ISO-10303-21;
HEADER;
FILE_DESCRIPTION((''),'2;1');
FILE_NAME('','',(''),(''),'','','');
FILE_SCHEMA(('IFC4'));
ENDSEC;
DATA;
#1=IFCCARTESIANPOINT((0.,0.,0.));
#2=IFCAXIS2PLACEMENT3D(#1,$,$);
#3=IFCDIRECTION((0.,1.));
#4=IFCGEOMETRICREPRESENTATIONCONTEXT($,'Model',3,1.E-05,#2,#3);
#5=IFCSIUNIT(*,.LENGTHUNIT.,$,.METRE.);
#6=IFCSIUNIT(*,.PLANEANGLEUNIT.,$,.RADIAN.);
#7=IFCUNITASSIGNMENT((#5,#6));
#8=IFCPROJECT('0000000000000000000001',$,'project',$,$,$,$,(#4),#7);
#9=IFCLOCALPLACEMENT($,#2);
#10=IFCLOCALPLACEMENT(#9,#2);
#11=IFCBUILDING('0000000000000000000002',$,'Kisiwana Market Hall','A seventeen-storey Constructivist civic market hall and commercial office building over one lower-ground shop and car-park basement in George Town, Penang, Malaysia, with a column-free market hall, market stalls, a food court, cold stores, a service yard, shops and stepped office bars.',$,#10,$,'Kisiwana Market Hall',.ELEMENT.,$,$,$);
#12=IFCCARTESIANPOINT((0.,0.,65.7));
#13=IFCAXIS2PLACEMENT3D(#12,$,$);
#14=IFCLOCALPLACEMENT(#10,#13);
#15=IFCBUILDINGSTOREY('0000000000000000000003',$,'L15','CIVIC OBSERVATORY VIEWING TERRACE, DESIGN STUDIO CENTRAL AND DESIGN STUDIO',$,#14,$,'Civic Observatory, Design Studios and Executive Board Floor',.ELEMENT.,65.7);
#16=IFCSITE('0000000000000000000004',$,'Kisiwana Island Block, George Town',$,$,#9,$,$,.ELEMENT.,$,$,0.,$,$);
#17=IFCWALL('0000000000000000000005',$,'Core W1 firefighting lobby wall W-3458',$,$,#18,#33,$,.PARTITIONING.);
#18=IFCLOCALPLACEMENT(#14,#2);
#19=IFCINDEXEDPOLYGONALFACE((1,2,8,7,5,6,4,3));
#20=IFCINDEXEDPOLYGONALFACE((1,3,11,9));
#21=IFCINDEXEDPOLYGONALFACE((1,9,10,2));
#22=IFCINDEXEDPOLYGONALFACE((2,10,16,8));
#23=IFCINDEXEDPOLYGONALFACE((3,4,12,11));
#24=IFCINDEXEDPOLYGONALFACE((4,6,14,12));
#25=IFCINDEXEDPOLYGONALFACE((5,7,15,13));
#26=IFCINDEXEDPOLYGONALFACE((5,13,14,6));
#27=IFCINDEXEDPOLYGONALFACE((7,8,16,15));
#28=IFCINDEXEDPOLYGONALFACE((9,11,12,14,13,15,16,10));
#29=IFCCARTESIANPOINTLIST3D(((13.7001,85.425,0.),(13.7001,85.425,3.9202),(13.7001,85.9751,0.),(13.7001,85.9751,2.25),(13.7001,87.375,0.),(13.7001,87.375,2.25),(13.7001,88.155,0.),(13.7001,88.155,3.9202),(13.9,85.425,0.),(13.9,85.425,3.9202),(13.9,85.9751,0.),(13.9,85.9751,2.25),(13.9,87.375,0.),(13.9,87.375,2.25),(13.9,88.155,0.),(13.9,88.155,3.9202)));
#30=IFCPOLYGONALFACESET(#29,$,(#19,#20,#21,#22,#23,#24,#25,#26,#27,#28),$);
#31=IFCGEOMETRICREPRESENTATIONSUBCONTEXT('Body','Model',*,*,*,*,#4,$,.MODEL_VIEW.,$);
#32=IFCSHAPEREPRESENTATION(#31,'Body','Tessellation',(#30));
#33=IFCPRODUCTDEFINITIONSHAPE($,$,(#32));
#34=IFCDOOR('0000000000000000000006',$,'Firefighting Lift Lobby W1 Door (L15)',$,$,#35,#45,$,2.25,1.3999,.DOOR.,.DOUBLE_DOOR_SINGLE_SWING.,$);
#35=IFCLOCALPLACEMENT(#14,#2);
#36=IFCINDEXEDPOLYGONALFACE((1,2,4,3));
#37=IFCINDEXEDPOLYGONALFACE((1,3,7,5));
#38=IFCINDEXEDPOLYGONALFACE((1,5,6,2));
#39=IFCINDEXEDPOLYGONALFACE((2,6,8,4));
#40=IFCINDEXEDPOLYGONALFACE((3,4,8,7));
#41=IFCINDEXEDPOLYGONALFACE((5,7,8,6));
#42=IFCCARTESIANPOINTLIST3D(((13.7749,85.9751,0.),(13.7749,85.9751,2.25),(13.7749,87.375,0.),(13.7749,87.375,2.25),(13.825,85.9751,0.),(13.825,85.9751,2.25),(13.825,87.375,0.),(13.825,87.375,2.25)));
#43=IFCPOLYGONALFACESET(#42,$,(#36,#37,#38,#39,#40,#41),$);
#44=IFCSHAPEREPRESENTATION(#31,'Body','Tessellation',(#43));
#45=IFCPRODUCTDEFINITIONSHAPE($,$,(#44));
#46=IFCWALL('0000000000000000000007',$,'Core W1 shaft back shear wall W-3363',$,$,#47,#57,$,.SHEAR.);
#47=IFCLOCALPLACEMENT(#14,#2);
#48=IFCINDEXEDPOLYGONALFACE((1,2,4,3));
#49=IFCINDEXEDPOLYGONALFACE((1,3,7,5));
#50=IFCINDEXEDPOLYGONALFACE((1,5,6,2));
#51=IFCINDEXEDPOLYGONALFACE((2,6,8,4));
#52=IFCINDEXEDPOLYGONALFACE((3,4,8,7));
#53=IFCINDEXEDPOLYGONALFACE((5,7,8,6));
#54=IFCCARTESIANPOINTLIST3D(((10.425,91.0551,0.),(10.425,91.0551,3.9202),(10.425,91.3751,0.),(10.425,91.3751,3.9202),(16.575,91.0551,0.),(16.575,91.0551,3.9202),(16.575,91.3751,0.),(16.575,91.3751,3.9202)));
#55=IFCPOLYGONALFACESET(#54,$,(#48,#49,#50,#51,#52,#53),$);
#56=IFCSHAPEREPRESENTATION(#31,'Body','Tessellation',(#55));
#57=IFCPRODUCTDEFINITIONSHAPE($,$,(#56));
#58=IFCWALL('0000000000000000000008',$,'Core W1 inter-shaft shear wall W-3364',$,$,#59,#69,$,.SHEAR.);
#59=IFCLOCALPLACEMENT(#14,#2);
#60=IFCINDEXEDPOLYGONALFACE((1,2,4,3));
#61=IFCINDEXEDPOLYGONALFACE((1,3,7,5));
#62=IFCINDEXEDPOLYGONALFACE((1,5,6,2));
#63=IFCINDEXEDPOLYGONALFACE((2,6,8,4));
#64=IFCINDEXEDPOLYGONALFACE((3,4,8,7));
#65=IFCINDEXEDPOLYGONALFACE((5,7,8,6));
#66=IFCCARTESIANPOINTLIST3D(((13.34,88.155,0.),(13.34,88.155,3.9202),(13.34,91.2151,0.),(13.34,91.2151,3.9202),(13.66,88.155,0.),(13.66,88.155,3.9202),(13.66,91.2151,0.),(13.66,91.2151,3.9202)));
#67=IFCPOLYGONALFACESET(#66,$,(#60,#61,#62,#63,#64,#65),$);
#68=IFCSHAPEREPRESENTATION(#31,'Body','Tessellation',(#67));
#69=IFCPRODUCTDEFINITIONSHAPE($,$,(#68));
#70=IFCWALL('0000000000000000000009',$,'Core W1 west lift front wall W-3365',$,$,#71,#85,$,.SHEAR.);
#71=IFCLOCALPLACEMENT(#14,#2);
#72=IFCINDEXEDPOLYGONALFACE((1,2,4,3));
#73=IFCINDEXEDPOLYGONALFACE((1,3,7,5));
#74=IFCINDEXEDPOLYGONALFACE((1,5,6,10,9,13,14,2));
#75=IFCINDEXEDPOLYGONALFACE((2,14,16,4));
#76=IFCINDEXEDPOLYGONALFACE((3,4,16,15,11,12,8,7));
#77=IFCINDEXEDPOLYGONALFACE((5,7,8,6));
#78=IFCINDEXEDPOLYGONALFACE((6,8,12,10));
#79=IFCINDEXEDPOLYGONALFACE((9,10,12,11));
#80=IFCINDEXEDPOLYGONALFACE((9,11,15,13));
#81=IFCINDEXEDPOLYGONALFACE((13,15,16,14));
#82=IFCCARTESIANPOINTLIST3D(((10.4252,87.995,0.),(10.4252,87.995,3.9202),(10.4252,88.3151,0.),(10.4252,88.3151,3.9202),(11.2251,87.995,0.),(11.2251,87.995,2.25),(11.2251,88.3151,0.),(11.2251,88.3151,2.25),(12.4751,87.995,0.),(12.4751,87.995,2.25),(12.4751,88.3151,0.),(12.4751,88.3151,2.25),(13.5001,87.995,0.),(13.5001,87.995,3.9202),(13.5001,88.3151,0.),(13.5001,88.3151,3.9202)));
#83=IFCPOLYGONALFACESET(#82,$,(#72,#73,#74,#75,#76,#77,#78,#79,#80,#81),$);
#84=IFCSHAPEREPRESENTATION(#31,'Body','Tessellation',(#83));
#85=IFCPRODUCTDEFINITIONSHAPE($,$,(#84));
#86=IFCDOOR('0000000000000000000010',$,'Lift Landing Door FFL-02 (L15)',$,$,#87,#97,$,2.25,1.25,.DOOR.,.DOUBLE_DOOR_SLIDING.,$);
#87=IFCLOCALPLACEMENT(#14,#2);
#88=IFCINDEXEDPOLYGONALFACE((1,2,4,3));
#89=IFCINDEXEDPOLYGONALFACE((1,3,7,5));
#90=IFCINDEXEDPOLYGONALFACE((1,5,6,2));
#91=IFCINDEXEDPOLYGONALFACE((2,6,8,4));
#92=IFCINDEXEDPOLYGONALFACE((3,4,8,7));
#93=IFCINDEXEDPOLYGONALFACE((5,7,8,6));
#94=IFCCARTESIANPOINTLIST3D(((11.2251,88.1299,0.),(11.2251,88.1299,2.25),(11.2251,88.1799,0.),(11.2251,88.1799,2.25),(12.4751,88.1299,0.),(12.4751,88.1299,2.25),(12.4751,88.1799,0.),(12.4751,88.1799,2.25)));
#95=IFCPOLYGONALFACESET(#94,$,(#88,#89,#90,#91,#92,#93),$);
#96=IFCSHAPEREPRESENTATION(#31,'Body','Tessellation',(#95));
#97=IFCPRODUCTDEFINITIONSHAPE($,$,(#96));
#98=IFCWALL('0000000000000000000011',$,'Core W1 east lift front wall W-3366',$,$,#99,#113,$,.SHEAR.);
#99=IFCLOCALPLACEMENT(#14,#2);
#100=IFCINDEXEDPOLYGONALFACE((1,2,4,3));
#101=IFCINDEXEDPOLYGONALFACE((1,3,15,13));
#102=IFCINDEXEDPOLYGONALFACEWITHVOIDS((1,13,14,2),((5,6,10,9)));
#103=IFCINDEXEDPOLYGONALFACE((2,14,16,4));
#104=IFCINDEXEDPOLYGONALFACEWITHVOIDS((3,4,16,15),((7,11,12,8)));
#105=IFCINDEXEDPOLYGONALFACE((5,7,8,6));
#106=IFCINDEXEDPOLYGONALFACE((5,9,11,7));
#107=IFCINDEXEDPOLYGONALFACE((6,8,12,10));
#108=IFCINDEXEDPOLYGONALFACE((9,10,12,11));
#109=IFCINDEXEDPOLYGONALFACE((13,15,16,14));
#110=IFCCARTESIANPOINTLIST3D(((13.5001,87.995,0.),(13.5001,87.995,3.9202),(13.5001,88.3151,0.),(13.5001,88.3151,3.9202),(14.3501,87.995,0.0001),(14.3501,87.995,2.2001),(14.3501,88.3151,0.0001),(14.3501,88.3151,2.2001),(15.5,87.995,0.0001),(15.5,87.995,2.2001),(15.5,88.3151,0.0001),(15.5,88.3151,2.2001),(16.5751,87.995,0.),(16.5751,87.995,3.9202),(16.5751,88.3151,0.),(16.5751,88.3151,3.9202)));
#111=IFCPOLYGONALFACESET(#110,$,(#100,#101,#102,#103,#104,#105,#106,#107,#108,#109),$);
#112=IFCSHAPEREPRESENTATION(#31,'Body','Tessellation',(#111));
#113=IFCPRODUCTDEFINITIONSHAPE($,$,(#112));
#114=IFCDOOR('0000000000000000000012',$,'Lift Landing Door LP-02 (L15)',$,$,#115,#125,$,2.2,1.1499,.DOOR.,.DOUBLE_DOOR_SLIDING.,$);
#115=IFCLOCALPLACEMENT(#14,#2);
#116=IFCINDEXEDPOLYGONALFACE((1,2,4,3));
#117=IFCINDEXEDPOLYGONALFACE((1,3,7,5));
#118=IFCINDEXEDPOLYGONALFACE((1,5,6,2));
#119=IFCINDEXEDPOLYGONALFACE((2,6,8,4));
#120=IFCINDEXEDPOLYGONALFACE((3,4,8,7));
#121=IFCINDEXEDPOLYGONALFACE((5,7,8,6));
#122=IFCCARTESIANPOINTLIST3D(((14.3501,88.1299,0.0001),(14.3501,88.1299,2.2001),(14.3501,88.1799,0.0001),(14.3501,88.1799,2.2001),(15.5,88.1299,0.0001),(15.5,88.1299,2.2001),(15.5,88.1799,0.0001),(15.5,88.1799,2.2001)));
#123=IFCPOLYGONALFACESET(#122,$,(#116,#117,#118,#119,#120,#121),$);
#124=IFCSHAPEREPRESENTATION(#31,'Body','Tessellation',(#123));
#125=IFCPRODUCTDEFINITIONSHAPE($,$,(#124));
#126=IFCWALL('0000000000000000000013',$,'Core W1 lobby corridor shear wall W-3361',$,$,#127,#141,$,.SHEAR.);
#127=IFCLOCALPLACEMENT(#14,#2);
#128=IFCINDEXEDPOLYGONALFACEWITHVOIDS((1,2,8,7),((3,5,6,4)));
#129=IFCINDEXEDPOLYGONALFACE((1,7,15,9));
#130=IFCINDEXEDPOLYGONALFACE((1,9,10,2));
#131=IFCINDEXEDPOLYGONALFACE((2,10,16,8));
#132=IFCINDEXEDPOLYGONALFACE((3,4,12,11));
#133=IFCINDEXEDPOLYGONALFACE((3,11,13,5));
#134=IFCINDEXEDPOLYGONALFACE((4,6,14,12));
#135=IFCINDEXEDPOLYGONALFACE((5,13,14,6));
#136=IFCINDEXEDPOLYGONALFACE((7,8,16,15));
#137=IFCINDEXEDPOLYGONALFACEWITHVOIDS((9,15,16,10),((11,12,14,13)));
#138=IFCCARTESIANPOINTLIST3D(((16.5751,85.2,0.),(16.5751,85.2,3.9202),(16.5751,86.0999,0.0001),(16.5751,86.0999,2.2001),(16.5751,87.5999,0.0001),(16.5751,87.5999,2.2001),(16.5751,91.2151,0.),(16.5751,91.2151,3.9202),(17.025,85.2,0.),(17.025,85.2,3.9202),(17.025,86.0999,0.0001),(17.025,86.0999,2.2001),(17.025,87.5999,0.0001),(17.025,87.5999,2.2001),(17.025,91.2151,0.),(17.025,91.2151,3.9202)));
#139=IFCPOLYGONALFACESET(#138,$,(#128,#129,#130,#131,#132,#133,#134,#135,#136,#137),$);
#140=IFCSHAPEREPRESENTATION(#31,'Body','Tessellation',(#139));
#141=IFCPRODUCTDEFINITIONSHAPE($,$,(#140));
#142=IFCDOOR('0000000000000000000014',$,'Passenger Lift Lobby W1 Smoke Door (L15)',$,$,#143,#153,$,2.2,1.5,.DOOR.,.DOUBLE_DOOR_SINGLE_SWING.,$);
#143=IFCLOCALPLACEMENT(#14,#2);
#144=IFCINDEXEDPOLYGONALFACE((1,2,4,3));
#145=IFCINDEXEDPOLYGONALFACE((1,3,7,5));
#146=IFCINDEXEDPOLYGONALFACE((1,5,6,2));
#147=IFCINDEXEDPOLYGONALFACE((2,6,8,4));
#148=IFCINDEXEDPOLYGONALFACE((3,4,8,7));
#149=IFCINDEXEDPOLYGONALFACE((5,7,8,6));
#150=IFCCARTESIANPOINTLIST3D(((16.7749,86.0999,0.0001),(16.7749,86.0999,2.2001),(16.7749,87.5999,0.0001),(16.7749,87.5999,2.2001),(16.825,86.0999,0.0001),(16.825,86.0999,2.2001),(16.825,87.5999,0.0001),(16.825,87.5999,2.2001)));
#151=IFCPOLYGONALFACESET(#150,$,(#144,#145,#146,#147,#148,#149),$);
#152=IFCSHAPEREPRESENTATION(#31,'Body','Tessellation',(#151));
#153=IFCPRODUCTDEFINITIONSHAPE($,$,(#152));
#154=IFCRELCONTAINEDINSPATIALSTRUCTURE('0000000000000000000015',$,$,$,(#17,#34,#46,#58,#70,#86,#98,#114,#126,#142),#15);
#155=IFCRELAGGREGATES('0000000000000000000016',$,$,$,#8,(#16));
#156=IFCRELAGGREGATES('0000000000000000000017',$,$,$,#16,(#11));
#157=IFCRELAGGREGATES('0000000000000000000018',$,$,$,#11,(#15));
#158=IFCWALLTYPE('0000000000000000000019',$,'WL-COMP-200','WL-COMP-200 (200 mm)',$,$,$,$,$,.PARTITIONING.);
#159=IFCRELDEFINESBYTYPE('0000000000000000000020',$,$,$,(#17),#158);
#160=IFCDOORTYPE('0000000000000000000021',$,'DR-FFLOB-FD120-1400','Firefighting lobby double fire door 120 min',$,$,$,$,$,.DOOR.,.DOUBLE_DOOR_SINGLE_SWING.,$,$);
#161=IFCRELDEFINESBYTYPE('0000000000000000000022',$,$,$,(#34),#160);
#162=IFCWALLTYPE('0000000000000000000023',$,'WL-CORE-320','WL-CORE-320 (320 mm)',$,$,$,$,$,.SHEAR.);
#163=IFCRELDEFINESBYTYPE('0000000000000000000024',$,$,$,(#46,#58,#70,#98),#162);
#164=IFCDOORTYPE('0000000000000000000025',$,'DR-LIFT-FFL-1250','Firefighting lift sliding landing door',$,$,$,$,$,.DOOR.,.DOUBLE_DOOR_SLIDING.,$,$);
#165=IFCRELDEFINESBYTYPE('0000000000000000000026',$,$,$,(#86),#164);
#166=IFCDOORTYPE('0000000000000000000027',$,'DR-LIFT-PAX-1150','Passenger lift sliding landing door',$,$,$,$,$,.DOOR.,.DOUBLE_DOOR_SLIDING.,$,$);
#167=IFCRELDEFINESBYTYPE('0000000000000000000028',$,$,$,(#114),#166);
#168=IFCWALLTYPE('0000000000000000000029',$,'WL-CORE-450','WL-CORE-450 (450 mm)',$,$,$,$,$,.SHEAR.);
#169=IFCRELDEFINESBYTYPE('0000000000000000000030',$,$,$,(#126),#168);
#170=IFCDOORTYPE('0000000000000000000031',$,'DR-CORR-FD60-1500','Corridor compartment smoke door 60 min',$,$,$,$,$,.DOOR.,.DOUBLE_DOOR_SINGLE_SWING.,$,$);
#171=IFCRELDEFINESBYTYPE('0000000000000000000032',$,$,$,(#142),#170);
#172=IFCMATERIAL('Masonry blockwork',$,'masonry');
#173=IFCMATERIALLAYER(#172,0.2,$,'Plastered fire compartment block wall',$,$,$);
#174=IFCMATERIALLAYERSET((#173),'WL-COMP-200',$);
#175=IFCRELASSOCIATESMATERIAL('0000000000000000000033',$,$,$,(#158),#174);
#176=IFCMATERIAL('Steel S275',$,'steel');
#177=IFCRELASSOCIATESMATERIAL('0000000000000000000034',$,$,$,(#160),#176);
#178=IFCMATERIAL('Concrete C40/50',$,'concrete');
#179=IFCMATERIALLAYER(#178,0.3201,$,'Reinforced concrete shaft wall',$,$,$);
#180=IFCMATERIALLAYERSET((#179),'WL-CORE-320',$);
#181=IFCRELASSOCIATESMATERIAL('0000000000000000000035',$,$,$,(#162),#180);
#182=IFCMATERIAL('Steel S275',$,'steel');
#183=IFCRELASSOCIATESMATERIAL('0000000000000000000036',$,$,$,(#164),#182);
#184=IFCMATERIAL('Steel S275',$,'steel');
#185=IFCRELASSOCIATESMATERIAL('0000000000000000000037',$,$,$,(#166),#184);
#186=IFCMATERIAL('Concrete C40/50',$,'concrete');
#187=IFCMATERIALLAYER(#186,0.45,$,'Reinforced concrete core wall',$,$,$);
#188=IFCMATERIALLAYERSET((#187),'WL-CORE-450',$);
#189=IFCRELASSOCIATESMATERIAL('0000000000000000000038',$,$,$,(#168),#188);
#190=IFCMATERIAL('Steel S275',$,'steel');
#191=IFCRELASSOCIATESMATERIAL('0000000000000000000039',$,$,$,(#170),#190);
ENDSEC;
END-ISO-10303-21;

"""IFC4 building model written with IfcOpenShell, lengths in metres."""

from ifc_helpers import new_model, si_unit, direction, frame, frame_2d, origin, place, context, subcontext, project, spatial, rectangle, extrude, material, layer, layer_set, type_object, element, fill, save


model = new_model("IFC4")

# Units and contexts
model_context = context("Model", 3, precision=1e-05, world=origin(), true_north=direction((0.0, 1.0)))
body_context = subcontext(model_context, "Body", "Model", "MODEL_VIEW")
ifc_project = project(units=[si_unit("LENGTHUNIT", "METRE"), si_unit("PLANEANGLEUNIT", "RADIAN")], contexts=[model_context])

# Site, building, storey
site_placement = place(None, origin())
site = spatial("IfcSite", under=ifc_project, at=site_placement, Name="Kisiwana Island Block, George Town", CompositionType="ELEMENT", RefElevation=0.0)
building_placement = place(site_placement, origin())
building = spatial("IfcBuilding", under=site, at=building_placement, Name="Kisiwana Market Hall", Description="A seventeen-storey Constructivist civic market hall and commercial office building over one lower-ground shop and car-park basement in George Town, Penang, Malaysia, with a column-free market hall, market stalls, a food court, cold stores, a service yard, shops and stepped office bars.", LongName="Kisiwana Market Hall", CompositionType="ELEMENT")
storey_placement = place(building_placement, frame((0.0, 0.0, 65.7)))
storey = spatial("IfcBuildingStorey", under=building, at=storey_placement, Name="L15", Description="CIVIC OBSERVATORY VIEWING TERRACE, DESIGN STUDIO CENTRAL AND DESIGN STUDIO", LongName="Civic Observatory, Design Studios and Executive Board Floor", CompositionType="ELEMENT", Elevation=65.7)

# Wall, opening, door
ifc_material_1 = material(Name="Masonry blockwork", Category="masonry")
ifc_layer_1 = layer(ifc_material_1, 0.2, Name="Plastered fire compartment block wall")
ifc_layer_set_1 = layer_set([ifc_layer_1], Name="WL-COMP-200")
wall_type_1 = type_object("IfcWallType", Name="WL-COMP-200", Description="WL-COMP-200 (200 mm)", PredefinedType="PARTITIONING", material=ifc_layer_set_1)
wall_1_placement = place(storey_placement, frame((13.8, 85.425, 0.0), z_axis=(0.0, 0.0, 1.0), x_axis=(0.0, 1.0, 0.0)))
wall_1 = element("IfcWall", 1, at=wall_1_placement, inside=storey, type_object=wall_type_1, Name="Core W1 firefighting lobby wall W-3458", PredefinedType="PARTITIONING", context=body_context, shape_type="SweptSolid", body=[
    extrude(rectangle(XDim=2.73, YDim=0.2, at=frame_2d((1.365, 0.0))), origin(), (0.0, 0.0, 1.0), 3.9202),
])
opening_1_placement = place(wall_1_placement, frame((0.55, 0.0, 0.0)))
opening_1 = element("IfcOpeningElement", 2, at=opening_1_placement, cuts=wall_1, PredefinedType="OPENING", context=body_context, shape_type="SweptSolid", body=[
    extrude(rectangle(XDim=1.3999, YDim=2.25, at=frame_2d((0.7, 1.125))), frame((0.0, 0.1118, 0.0), z_axis=(0.0, -1.0, 0.0), x_axis=(1.0, 0.0, 0.0)), (0.0, 0.0, 1.0), 0.2239),
])
ifc_material_2 = material(Name="Steel S275", Category="steel")
door_type_1 = type_object("IfcDoorType", Name="DR-FFLOB-FD120-1400", Description="Firefighting lobby double fire door 120 min", OperationType="DOUBLE_DOOR_SINGLE_SWING", PredefinedType="DOOR", material=ifc_material_2)
door_1_placement = place(opening_1_placement, frame((1.3999, 0.0, 0.0), z_axis=(0.0, 0.0, 1.0), x_axis=(-1.0, 0.0, 0.0)))
door_1 = element("IfcDoor", 3, at=door_1_placement, inside=storey, type_object=door_type_1, Name="Firefighting Lift Lobby W1 Door (L15)", OperationType="DOUBLE_DOOR_SINGLE_SWING", OverallHeight=2.25, OverallWidth=1.3999, PredefinedType="DOOR", context=body_context, shape_type="SweptSolid", body=[
    extrude(rectangle(XDim=1.3999, YDim=2.25, at=frame_2d((0.7, 1.125))), frame((0.0, 0.0249, 0.0), z_axis=(0.0, -1.0, 0.0), x_axis=(1.0, 0.0, 0.0)), (0.0, 0.0, 1.0), 0.05),
])
fill(opening_1, door_1)

# Walls
ifc_material_3 = material(Name="Concrete C40/50", Category="concrete")
ifc_layer_2 = layer(ifc_material_3, 0.3201, Name="Reinforced concrete shaft wall")
ifc_layer_set_2 = layer_set([ifc_layer_2], Name="WL-CORE-320")
wall_type_2 = type_object("IfcWallType", Name="WL-CORE-320", Description="WL-CORE-320 (320 mm)", PredefinedType="SHEAR", material=ifc_layer_set_2)
wall_2_placement = place(storey_placement, frame((10.425, 91.2151, 0.0), z_axis=(0.0, 0.0, 1.0), x_axis=(1.0, 0.0, 0.0)))
element("IfcWall", 4, at=wall_2_placement, inside=storey, type_object=wall_type_2, Name="Core W1 shaft back shear wall W-3363", PredefinedType="SHEAR", context=body_context, shape_type="SweptSolid", body=[
    extrude(rectangle(XDim=6.1499, YDim=0.3201, at=frame_2d((3.075, 0.0))), origin(), (0.0, 0.0, 1.0), 3.9202),
])
wall_3_placement = place(storey_placement, frame((13.5, 88.155, 0.0), z_axis=(0.0, 0.0, 1.0), x_axis=(0.0, 1.0, 0.0)))
element("IfcWall", 5, at=wall_3_placement, inside=storey, type_object=wall_type_2, Name="Core W1 inter-shaft shear wall W-3364", PredefinedType="SHEAR", context=body_context, shape_type="SweptSolid", body=[
    extrude(rectangle(XDim=3.0601, YDim=0.3201, at=frame_2d((1.53, 0.0))), origin(), (0.0, 0.0, 1.0), 3.9202),
])

# Walls, openings, doors
wall_4_placement = place(storey_placement, frame((10.425, 88.155, 0.0), z_axis=(0.0, 0.0, 1.0), x_axis=(1.0, 0.0, 0.0)))
wall_4 = element("IfcWall", 6, at=wall_4_placement, inside=storey, type_object=wall_type_2, Name="Core W1 west lift front wall W-3365", PredefinedType="SHEAR", context=body_context, shape_type="SweptSolid", body=[
    extrude(rectangle(XDim=3.075, YDim=0.3201, at=frame_2d((1.5376, 0.0))), origin(), (0.0, 0.0, 1.0), 3.9202),
])
opening_2_placement = place(wall_4_placement, frame((0.8, 0.0, 0.0)))
opening_2 = element("IfcOpeningElement", 7, at=opening_2_placement, cuts=wall_4, PredefinedType="OPENING", context=body_context, shape_type="SweptSolid", body=[
    extrude(rectangle(XDim=1.25, YDim=2.25, at=frame_2d((0.625, 1.125))), frame((0.0, 0.1719, 0.0), z_axis=(0.0, -1.0, 0.0), x_axis=(1.0, 0.0, 0.0)), (0.0, 0.0, 1.0), 0.344),
])
ifc_material_4 = material(Name="Steel S275", Category="steel")
door_type_2 = type_object("IfcDoorType", Name="DR-LIFT-FFL-1250", Description="Firefighting lift sliding landing door", OperationType="DOUBLE_DOOR_SLIDING", PredefinedType="DOOR", material=ifc_material_4)
door_2_placement = place(opening_2_placement, origin())
door_2 = element("IfcDoor", 8, at=door_2_placement, inside=storey, type_object=door_type_2, Name="Lift Landing Door FFL-02 (L15)", OperationType="DOUBLE_DOOR_SLIDING", OverallHeight=2.25, OverallWidth=1.25, PredefinedType="DOOR", context=body_context, shape_type="SweptSolid", body=[
    extrude(rectangle(XDim=1.25, YDim=2.25, at=frame_2d((0.625, 1.125))), frame((0.0, 0.0249, 0.0), z_axis=(0.0, -1.0, 0.0), x_axis=(1.0, 0.0, 0.0)), (0.0, 0.0, 1.0), 0.05),
])
fill(opening_2, door_2)
wall_5_placement = place(storey_placement, frame((13.5, 88.155, 0.0), z_axis=(0.0, 0.0, 1.0), x_axis=(1.0, 0.0, 0.0)))
wall_5 = element("IfcWall", 9, at=wall_5_placement, inside=storey, type_object=wall_type_2, Name="Core W1 east lift front wall W-3366", PredefinedType="SHEAR", context=body_context, shape_type="SweptSolid", body=[
    extrude(rectangle(XDim=3.075, YDim=0.3201, at=frame_2d((1.5376, 0.0))), origin(), (0.0, 0.0, 1.0), 3.9202),
])
opening_3_placement = place(wall_5_placement, frame((0.8501, 0.0, 0.0)))
opening_3 = element("IfcOpeningElement", 10, at=opening_3_placement, cuts=wall_5, PredefinedType="OPENING", context=body_context, shape_type="SweptSolid", body=[
    extrude(rectangle(XDim=1.1499, YDim=2.2, at=frame_2d((0.575, 1.1001))), frame((0.0, 0.1719, 0.0), z_axis=(0.0, -1.0, 0.0), x_axis=(1.0, 0.0, 0.0)), (0.0, 0.0, 1.0), 0.344),
])
ifc_material_5 = material(Name="Steel S275", Category="steel")
door_type_3 = type_object("IfcDoorType", Name="DR-LIFT-PAX-1150", Description="Passenger lift sliding landing door", OperationType="DOUBLE_DOOR_SLIDING", PredefinedType="DOOR", material=ifc_material_5)
door_3_placement = place(opening_3_placement, origin())
door_3 = element("IfcDoor", 11, at=door_3_placement, inside=storey, type_object=door_type_3, Name="Lift Landing Door LP-02 (L15)", OperationType="DOUBLE_DOOR_SLIDING", OverallHeight=2.2, OverallWidth=1.1499, PredefinedType="DOOR", context=body_context, shape_type="SweptSolid", body=[
    extrude(rectangle(XDim=1.1499, YDim=2.2, at=frame_2d((0.575, 1.1001))), frame((0.0, 0.0249, 0.0), z_axis=(0.0, -1.0, 0.0), x_axis=(1.0, 0.0, 0.0)), (0.0, 0.0, 1.0), 0.05),
])
fill(opening_3, door_3)
ifc_material_6 = material(Name="Concrete C40/50", Category="concrete")
ifc_layer_3 = layer(ifc_material_6, 0.45, Name="Reinforced concrete core wall")
ifc_layer_set_3 = layer_set([ifc_layer_3], Name="WL-CORE-450")
wall_type_3 = type_object("IfcWallType", Name="WL-CORE-450", Description="WL-CORE-450 (450 mm)", PredefinedType="SHEAR", material=ifc_layer_set_3)
wall_6_placement = place(storey_placement, frame((16.8, 85.2, 0.0), z_axis=(0.0, 0.0, 1.0), x_axis=(0.0, 1.0, 0.0)))
wall_6 = element("IfcWall", 12, at=wall_6_placement, inside=storey, type_object=wall_type_3, Name="Core W1 lobby corridor shear wall W-3361", PredefinedType="SHEAR", context=body_context, shape_type="SweptSolid", body=[
    extrude(rectangle(XDim=6.0151, YDim=0.45, at=frame_2d((3.0076, 0.0))), origin(), (0.0, 0.0, 1.0), 3.9202),
])
opening_4_placement = place(wall_6_placement, frame((0.8999, 0.0, 0.0)))
opening_4 = element("IfcOpeningElement", 13, at=opening_4_placement, cuts=wall_6, PredefinedType="OPENING", context=body_context, shape_type="SweptSolid", body=[
    extrude(rectangle(XDim=1.5, YDim=2.2, at=frame_2d((0.75, 1.1001))), frame((0.0, 0.2368, 0.0), z_axis=(0.0, -1.0, 0.0), x_axis=(1.0, 0.0, 0.0)), (0.0, 0.0, 1.0), 0.4739),
])
ifc_material_7 = material(Name="Steel S275", Category="steel")
door_type_4 = type_object("IfcDoorType", Name="DR-CORR-FD60-1500", Description="Corridor compartment smoke door 60 min", OperationType="DOUBLE_DOOR_SINGLE_SWING", PredefinedType="DOOR", material=ifc_material_7)
door_4_placement = place(opening_4_placement, frame((1.5, 0.0, 0.0), z_axis=(0.0, 0.0, 1.0), x_axis=(-1.0, 0.0, 0.0)))
door_4 = element("IfcDoor", 14, at=door_4_placement, inside=storey, type_object=door_type_4, Name="Passenger Lift Lobby W1 Smoke Door (L15)", OperationType="DOUBLE_DOOR_SINGLE_SWING", OverallHeight=2.2, OverallWidth=1.5, PredefinedType="DOOR", context=body_context, shape_type="SweptSolid", body=[
    extrude(rectangle(XDim=1.5, YDim=2.2, at=frame_2d((0.75, 1.1001))), frame((0.0, 0.0249, 0.0), z_axis=(0.0, -1.0, 0.0), x_axis=(1.0, 0.0, 0.0)), (0.0, 0.0, 1.0), 0.05),
])
fill(opening_4, door_4)

save(model, "model.ifc")
